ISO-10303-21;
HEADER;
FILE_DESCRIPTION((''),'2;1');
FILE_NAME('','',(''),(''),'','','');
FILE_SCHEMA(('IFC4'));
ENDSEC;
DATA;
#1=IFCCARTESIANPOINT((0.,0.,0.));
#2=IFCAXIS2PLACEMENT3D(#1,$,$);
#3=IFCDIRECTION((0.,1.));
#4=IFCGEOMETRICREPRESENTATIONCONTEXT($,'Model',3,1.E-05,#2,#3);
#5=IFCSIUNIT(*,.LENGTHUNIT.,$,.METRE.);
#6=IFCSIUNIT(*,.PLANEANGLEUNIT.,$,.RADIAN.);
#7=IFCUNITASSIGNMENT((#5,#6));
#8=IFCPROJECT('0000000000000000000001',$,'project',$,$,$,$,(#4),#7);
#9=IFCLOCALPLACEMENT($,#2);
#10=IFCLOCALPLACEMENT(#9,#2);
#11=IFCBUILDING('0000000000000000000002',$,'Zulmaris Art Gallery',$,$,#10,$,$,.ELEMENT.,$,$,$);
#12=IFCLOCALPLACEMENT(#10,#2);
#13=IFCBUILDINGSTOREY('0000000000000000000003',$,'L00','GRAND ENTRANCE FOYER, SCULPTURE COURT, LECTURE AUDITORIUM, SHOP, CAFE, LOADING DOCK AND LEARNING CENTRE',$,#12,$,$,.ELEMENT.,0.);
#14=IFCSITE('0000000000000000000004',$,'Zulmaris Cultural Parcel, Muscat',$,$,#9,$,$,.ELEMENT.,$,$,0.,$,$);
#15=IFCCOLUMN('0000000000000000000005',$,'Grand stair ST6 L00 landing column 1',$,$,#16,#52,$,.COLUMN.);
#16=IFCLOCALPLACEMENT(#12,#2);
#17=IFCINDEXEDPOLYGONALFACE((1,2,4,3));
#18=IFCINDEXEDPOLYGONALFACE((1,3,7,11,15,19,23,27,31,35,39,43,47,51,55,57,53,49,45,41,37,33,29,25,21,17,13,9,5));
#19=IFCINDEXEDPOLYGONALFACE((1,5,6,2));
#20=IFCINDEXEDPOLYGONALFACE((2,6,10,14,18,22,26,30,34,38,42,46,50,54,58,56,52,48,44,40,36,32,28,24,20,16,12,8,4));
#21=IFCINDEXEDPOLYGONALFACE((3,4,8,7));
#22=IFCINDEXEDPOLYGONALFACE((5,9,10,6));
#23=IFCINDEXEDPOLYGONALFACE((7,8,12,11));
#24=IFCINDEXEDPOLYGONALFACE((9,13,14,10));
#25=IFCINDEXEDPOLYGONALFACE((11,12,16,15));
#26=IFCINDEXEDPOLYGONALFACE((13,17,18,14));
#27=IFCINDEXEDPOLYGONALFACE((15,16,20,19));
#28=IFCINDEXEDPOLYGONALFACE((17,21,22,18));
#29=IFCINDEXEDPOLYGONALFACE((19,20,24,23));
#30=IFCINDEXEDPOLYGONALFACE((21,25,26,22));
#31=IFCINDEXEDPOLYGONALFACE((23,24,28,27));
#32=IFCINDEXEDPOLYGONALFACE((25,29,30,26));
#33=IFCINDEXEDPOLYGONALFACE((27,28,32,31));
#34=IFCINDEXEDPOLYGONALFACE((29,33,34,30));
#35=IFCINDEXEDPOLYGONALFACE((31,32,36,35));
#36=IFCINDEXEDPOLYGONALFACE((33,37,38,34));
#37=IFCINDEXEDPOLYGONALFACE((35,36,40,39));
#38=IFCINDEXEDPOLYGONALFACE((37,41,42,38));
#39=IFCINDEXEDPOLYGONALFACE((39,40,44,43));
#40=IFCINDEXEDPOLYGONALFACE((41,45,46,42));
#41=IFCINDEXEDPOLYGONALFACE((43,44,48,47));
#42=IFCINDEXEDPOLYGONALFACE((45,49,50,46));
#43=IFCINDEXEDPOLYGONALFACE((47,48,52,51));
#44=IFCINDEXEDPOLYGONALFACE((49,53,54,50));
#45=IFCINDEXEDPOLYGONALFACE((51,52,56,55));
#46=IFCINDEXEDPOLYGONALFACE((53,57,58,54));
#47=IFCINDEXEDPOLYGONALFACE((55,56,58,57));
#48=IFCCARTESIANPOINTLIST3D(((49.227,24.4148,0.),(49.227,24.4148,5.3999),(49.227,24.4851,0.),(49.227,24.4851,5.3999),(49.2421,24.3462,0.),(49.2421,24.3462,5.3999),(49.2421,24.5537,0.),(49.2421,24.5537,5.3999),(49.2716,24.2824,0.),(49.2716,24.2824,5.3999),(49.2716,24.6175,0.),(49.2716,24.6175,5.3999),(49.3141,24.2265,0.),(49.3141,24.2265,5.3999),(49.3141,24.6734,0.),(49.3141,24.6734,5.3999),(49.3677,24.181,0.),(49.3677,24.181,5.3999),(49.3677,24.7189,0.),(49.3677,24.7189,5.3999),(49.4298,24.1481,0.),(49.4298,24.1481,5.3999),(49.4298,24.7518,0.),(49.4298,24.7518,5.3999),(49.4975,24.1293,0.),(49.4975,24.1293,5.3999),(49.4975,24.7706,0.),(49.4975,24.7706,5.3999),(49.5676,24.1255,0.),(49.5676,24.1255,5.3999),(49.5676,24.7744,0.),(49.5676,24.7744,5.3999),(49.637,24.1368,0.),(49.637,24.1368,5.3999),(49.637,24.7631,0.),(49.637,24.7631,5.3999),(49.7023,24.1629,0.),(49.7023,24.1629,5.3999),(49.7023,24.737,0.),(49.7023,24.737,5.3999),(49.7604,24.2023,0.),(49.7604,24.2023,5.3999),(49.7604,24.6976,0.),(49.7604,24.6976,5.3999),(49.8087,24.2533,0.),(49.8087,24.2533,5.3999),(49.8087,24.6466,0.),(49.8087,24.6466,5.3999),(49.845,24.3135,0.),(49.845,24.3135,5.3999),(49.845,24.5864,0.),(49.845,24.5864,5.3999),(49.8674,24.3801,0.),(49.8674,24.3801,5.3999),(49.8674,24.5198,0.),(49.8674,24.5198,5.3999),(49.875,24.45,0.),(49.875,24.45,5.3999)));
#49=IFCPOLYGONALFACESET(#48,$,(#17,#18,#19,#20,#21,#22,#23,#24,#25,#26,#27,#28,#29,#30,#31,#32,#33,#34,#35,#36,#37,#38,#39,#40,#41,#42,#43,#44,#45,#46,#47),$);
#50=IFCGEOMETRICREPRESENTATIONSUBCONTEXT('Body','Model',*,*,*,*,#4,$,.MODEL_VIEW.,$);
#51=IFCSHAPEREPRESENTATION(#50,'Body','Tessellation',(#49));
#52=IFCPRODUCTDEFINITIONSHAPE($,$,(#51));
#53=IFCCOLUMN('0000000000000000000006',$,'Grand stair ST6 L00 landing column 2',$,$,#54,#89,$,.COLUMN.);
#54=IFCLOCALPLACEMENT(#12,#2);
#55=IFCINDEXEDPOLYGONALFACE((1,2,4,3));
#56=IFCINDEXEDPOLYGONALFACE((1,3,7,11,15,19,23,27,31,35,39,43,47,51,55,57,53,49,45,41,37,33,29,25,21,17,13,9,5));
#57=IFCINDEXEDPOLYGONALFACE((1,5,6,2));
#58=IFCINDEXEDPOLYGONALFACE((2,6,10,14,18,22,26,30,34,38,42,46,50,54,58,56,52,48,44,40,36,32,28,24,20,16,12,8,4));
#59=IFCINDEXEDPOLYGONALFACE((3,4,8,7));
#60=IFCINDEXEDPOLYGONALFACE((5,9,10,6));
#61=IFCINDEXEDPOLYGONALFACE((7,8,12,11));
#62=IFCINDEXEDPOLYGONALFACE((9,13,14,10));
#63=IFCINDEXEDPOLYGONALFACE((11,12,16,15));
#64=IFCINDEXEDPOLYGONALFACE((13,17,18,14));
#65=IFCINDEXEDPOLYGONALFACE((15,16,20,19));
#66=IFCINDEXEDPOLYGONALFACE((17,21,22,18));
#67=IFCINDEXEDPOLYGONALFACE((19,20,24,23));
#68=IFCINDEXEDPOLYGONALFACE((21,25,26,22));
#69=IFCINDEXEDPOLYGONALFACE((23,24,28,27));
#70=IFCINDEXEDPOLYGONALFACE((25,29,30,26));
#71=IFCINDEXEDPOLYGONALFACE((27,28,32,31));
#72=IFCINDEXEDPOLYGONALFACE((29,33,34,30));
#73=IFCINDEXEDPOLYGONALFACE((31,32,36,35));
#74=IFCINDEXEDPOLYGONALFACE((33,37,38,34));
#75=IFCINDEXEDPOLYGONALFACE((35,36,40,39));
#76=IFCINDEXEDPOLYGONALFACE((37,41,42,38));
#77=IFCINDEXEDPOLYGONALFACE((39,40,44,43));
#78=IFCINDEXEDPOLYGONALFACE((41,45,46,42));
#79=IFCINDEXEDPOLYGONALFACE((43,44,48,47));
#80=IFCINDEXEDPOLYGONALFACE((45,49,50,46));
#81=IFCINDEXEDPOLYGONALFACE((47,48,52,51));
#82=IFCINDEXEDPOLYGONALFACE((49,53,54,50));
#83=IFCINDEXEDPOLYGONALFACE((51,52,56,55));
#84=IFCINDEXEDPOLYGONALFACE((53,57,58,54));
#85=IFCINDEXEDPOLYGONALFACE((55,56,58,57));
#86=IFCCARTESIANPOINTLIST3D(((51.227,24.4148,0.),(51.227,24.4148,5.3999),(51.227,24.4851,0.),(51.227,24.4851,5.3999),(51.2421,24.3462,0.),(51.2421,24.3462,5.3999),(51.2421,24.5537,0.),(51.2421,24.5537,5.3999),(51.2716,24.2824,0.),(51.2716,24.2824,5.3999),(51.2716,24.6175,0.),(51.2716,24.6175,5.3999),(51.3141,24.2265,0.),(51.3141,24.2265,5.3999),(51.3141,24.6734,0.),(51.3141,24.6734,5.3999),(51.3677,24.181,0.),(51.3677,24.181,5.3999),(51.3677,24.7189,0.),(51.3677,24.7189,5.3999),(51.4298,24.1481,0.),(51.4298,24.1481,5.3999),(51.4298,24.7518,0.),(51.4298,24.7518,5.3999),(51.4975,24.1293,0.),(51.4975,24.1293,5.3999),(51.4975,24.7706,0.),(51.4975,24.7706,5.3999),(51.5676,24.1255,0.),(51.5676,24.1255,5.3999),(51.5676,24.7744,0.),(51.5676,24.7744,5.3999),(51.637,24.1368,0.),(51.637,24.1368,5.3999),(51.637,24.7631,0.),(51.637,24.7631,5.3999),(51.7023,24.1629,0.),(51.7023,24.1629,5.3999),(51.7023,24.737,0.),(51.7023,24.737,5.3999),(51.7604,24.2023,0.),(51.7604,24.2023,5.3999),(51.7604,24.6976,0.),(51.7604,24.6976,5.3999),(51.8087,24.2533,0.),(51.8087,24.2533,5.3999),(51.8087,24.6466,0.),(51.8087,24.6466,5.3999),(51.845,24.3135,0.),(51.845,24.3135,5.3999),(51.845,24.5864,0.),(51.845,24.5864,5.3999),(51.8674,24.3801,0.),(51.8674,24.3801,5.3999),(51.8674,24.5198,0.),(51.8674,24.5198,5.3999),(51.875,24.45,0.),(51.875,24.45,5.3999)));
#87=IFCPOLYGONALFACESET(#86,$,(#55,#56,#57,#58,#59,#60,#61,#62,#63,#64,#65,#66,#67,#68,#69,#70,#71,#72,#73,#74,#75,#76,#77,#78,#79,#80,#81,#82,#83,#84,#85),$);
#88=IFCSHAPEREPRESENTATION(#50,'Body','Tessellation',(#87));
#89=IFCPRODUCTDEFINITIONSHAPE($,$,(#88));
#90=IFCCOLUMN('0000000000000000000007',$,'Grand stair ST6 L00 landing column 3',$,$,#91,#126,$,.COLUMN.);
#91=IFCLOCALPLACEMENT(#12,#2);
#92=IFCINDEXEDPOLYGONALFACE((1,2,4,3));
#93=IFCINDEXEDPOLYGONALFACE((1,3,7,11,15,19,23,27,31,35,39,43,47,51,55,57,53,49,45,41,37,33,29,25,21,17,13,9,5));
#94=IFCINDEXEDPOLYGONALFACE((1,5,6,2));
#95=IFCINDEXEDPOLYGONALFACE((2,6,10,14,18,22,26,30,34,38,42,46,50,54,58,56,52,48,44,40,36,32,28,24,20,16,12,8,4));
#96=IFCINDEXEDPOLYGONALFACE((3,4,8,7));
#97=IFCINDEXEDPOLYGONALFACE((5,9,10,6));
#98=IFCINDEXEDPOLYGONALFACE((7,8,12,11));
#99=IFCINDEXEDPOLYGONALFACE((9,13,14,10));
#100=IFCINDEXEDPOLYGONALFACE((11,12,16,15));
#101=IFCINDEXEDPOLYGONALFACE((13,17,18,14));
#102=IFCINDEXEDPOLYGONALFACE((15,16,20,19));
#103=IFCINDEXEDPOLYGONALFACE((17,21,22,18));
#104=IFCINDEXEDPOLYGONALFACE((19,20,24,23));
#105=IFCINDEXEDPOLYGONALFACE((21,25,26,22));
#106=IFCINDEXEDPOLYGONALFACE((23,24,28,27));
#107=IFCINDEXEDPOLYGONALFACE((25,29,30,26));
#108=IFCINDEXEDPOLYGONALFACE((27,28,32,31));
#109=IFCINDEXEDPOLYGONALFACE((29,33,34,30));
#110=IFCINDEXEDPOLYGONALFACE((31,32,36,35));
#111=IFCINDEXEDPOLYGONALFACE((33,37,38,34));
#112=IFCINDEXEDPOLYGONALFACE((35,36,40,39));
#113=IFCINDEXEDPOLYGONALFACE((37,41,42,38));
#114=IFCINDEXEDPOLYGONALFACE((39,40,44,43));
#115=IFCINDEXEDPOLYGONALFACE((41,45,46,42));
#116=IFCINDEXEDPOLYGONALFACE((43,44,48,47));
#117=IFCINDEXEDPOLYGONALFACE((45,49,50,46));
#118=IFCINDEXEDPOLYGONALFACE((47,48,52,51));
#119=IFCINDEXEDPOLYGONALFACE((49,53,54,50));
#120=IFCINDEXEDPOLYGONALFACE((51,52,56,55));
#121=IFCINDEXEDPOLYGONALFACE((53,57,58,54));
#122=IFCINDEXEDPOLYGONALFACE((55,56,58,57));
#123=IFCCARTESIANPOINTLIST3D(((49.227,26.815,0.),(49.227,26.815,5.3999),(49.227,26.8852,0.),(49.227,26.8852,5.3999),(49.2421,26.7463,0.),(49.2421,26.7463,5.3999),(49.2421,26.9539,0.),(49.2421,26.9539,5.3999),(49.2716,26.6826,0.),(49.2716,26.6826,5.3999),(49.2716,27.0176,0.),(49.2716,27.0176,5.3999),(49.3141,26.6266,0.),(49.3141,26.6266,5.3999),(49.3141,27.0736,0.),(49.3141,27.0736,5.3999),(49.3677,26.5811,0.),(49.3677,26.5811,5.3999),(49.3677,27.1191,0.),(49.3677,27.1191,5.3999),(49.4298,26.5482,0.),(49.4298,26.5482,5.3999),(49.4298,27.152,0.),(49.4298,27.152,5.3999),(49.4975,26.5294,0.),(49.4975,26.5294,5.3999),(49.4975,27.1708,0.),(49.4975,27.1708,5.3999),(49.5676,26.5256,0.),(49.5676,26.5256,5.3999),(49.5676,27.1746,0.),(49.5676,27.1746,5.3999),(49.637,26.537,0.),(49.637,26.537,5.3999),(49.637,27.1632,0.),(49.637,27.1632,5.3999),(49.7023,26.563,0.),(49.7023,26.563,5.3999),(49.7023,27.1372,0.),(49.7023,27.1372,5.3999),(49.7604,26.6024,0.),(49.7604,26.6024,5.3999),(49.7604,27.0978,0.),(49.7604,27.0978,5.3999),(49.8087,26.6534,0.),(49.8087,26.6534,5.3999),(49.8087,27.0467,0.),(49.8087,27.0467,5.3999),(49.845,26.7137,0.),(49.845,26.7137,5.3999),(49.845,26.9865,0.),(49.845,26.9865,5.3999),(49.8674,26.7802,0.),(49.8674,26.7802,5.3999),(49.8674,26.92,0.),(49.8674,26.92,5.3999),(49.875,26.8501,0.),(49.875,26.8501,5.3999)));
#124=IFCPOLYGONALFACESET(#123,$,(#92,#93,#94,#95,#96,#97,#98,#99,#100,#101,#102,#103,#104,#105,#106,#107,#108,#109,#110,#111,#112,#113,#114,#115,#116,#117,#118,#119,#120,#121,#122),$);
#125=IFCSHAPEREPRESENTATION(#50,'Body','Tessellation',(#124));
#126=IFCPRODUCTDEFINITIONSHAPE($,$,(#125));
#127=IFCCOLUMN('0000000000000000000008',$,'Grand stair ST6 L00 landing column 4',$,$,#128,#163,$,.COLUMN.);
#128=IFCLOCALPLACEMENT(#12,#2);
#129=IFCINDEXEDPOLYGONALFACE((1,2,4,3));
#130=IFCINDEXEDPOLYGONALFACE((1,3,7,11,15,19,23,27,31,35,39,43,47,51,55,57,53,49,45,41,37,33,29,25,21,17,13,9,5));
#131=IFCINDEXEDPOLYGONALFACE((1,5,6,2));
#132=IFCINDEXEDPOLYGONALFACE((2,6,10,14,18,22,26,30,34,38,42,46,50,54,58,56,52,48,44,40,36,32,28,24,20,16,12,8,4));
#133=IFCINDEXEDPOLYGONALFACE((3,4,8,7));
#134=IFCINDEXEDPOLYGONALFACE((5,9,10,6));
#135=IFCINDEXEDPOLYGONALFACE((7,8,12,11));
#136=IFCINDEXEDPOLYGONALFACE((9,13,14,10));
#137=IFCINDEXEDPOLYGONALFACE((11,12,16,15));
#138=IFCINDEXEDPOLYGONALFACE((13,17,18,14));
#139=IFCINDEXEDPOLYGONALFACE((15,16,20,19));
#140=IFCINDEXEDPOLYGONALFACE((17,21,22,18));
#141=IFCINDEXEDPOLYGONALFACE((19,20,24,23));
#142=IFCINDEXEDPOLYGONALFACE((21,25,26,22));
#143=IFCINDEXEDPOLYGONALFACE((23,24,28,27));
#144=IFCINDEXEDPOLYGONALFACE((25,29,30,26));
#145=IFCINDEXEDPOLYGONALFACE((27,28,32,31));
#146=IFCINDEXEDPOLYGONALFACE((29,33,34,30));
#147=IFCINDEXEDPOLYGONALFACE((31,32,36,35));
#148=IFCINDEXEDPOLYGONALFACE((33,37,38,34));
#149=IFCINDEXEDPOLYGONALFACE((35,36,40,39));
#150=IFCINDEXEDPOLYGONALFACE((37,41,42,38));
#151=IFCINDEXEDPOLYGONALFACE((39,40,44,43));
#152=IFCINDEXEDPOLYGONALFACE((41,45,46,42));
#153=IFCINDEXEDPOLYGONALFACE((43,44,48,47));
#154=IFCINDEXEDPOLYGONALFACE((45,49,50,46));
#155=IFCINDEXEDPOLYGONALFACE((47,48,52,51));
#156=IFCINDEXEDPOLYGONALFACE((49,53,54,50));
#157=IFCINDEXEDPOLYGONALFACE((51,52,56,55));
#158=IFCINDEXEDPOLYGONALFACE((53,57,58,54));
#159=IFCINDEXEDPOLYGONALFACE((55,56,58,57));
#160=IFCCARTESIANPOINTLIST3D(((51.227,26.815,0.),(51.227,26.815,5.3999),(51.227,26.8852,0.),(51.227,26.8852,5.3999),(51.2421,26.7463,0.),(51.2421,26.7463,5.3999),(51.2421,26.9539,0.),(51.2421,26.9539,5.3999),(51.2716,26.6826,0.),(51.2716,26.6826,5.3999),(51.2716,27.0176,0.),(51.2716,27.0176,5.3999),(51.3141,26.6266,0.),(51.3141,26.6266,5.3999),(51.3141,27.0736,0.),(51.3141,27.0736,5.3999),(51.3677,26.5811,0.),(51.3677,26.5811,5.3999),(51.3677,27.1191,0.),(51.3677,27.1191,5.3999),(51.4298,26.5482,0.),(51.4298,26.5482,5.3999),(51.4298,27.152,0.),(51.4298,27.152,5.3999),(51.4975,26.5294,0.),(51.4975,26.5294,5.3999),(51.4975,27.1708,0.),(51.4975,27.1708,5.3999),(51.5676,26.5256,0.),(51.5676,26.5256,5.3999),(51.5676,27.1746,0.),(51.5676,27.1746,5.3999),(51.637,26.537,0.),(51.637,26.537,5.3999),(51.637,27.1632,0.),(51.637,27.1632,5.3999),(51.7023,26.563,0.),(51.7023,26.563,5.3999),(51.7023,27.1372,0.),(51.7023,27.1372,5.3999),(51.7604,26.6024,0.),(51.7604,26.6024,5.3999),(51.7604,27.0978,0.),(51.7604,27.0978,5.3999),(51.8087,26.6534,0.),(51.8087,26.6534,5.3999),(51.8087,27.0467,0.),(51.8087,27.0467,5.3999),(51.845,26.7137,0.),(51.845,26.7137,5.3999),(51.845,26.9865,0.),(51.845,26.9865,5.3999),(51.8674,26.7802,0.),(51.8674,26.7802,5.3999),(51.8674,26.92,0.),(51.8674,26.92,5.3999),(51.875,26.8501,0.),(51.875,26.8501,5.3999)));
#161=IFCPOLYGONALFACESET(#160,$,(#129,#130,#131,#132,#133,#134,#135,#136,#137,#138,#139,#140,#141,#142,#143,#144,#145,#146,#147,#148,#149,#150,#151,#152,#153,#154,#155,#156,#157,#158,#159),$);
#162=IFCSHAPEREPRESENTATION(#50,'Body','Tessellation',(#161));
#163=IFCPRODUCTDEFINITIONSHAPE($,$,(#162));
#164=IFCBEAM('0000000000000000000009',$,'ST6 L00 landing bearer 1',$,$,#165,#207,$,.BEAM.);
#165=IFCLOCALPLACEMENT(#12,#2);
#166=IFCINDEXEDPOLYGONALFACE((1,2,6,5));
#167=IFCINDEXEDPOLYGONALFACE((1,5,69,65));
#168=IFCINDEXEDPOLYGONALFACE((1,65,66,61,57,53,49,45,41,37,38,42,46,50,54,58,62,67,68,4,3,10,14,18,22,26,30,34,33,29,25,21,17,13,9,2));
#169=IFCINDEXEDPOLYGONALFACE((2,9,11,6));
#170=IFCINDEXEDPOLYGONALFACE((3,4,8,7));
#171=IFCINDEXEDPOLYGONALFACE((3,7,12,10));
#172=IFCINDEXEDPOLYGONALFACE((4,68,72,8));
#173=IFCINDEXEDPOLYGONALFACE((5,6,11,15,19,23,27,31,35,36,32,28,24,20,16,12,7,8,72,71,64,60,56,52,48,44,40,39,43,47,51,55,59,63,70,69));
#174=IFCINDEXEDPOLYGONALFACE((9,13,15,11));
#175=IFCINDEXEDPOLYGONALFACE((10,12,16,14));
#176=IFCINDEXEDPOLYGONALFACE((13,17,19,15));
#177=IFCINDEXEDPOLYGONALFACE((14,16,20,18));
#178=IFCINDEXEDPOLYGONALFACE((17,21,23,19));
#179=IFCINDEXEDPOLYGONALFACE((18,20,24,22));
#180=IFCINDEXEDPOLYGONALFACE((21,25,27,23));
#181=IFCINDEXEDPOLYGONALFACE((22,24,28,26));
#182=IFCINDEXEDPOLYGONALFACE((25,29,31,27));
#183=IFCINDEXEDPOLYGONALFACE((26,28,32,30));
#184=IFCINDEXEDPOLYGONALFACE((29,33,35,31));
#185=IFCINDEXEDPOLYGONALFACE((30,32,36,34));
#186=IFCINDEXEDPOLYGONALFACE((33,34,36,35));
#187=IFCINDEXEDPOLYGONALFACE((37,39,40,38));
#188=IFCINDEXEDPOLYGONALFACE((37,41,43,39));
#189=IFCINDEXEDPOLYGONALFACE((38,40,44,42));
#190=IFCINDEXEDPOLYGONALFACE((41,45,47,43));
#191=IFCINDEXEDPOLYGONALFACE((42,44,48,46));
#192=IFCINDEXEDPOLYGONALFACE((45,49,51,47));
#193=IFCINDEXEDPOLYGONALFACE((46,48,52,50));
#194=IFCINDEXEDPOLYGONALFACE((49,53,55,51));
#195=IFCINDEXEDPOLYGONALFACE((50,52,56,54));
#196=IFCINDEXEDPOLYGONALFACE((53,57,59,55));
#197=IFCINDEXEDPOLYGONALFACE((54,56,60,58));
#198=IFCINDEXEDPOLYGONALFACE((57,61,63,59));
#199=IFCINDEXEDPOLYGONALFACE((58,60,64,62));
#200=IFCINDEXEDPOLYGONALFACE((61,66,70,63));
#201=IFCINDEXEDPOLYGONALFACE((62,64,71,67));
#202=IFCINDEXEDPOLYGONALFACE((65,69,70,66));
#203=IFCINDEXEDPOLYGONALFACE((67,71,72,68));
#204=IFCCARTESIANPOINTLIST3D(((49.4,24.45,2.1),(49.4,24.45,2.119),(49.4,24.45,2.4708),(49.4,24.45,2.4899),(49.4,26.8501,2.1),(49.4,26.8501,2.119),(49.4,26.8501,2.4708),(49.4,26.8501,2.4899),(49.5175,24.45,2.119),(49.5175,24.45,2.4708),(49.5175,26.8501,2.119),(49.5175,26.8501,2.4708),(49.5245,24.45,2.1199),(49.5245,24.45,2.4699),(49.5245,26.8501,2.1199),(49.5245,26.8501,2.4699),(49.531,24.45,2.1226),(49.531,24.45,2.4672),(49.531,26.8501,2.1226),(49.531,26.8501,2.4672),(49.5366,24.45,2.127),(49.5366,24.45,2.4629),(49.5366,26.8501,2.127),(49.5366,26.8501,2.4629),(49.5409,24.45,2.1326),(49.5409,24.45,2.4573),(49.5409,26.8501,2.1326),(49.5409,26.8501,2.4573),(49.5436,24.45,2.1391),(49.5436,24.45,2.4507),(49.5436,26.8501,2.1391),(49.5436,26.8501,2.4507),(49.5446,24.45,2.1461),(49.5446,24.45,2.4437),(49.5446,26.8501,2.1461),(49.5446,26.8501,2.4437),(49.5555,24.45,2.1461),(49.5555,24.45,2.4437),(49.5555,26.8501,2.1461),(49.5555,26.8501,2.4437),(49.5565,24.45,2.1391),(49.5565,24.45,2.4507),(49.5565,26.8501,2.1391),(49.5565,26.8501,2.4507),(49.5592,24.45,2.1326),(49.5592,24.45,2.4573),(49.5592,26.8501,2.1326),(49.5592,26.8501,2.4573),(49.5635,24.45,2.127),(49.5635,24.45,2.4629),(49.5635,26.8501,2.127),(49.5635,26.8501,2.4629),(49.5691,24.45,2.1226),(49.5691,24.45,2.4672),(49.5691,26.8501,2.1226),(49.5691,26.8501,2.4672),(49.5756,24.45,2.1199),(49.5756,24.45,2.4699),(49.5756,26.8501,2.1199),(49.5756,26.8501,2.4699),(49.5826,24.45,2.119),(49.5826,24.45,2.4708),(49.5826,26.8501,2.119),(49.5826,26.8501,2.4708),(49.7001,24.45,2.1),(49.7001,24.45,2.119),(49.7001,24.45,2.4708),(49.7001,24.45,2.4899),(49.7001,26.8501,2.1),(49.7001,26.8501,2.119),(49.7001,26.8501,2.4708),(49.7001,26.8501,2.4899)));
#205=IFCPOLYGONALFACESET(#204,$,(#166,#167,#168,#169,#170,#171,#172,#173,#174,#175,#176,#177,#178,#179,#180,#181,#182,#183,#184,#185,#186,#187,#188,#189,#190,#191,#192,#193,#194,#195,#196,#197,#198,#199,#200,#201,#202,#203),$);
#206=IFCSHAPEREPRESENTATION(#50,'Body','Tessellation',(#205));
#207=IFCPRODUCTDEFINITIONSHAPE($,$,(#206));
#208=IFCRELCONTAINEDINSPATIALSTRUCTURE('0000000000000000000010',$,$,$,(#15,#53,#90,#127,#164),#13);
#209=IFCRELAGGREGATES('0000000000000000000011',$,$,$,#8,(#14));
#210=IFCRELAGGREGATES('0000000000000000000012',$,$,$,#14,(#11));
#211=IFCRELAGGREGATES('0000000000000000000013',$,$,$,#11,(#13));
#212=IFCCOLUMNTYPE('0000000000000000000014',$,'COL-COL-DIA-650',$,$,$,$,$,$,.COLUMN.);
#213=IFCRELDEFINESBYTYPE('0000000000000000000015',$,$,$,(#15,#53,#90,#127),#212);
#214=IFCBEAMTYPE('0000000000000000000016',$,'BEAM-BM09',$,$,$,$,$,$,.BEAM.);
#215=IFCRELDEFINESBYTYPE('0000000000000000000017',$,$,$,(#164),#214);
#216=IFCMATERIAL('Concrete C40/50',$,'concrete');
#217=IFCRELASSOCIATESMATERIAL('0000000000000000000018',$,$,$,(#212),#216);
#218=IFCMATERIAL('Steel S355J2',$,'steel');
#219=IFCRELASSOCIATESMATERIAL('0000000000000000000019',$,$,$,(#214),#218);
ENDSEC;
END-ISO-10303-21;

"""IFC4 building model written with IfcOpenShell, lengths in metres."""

from ifc_helpers import new_model, si_unit, direction, frame, origin, origin_2d, place, context, subcontext, project, spatial, circle, i_section, extrude, material, material_profile, profile_set, type_object, element, save


model = new_model("IFC4")

# Units and contexts
model_context = context("Model", 3, precision=1e-05, world=origin(), true_north=direction((0.0, 1.0)))
body_context = subcontext(model_context, "Body", "Model", "MODEL_VIEW")
ifc_project = project(units=[si_unit("LENGTHUNIT", "METRE"), si_unit("PLANEANGLEUNIT", "RADIAN")], contexts=[model_context])

# Site, building, storey
site_placement = place(None, origin())
site = spatial("IfcSite", under=ifc_project, at=site_placement, Name="Zulmaris Cultural Parcel, Muscat", CompositionType="ELEMENT", RefElevation=0.0)
building_placement = place(site_placement, origin())
building = spatial("IfcBuilding", under=site, at=building_placement, Name="Zulmaris Art Gallery", CompositionType="ELEMENT")
storey_placement = place(building_placement, origin())
storey = spatial("IfcBuildingStorey", under=building, at=storey_placement, Name="L00", Description="GRAND ENTRANCE FOYER, SCULPTURE COURT, LECTURE AUDITORIUM, SHOP, CAFE, LOADING DOCK AND LEARNING CENTRE", CompositionType="ELEMENT", Elevation=0.0)

# Shared definitions
ifc_material_1 = material(Name="Concrete C40/50", Category="concrete")

# Columns
ifc_material_profile_1 = material_profile(ifc_material_1, circle(Radius=0.325, at=origin_2d()), Name="COL DIA 650")
ifc_profile_set_1 = profile_set([ifc_material_profile_1], Name="Concrete C40/50")
column_type = type_object("IfcColumnType", Name="COL-COL-DIA-650", PredefinedType="COLUMN", material=ifc_profile_set_1)
for number, where, z_axis, x_axis, name in (
    (1, (49.55, 24.45, 0.0), (0.0, 0.0, 1.0), (1.0, 0.0, 0.0), "Grand stair ST6 L00 landing column 1"),
    (2, (51.55, 24.45, 0.0), (0.0, 0.0, 1.0), (1.0, 0.0, 0.0), "Grand stair ST6 L00 landing column 2"),
    (3, (49.55, 26.8501, 0.0), (0.0, 0.0, 1.0), (1.0, 0.0, 0.0), "Grand stair ST6 L00 landing column 3"),
    (4, (51.55, 26.8501, 0.0), (0.0, 0.0, 1.0), (1.0, 0.0, 0.0), "Grand stair ST6 L00 landing column 4"),
):
    element("IfcColumn", number, at=place(storey_placement, frame(where, z_axis=z_axis, x_axis=x_axis)), inside=storey, type_object=column_type, Name=name, PredefinedType="COLUMN", context=body_context, shape_type="SweptSolid", body=[
        extrude(circle(Radius=0.325, at=origin_2d()), origin(), (0.0, 0.0, 1.0), 5.3999),
    ])

# Beam
ifc_material_2 = material(Name="Steel S355J2", Category="steel")
ifc_material_profile_2 = material_profile(ifc_material_2, i_section(OverallWidth=0.3, OverallDepth=0.3899, WebThickness=0.011, FlangeThickness=0.019, FilletRadius=0.0271, at=origin_2d()), Name="HEA 400")
ifc_profile_set_2 = profile_set([ifc_material_profile_2], Name="Steel S355J2")
beam_type = type_object("IfcBeamType", Name="BEAM-BM09", PredefinedType="BEAM", material=ifc_profile_set_2)
for number, where, z_axis, x_axis, name in (
    (5, (49.55, 24.45, 2.2949), (0.0, 1.0, 0.0), (-1.0, 0.0, 0.0), "ST6 L00 landing bearer 1"),
):
    element("IfcBeam", number, at=place(storey_placement, frame(where, z_axis=z_axis, x_axis=x_axis)), inside=storey, type_object=beam_type, Name=name, PredefinedType="BEAM", context=body_context, shape_type="SweptSolid", body=[
        extrude(i_section(OverallWidth=0.3, OverallDepth=0.3899, WebThickness=0.011, FlangeThickness=0.019, FilletRadius=0.0271, at=origin_2d()), origin(), (0.0, 0.0, 1.0), 2.4001),
    ])

save(model, "model.ifc")
